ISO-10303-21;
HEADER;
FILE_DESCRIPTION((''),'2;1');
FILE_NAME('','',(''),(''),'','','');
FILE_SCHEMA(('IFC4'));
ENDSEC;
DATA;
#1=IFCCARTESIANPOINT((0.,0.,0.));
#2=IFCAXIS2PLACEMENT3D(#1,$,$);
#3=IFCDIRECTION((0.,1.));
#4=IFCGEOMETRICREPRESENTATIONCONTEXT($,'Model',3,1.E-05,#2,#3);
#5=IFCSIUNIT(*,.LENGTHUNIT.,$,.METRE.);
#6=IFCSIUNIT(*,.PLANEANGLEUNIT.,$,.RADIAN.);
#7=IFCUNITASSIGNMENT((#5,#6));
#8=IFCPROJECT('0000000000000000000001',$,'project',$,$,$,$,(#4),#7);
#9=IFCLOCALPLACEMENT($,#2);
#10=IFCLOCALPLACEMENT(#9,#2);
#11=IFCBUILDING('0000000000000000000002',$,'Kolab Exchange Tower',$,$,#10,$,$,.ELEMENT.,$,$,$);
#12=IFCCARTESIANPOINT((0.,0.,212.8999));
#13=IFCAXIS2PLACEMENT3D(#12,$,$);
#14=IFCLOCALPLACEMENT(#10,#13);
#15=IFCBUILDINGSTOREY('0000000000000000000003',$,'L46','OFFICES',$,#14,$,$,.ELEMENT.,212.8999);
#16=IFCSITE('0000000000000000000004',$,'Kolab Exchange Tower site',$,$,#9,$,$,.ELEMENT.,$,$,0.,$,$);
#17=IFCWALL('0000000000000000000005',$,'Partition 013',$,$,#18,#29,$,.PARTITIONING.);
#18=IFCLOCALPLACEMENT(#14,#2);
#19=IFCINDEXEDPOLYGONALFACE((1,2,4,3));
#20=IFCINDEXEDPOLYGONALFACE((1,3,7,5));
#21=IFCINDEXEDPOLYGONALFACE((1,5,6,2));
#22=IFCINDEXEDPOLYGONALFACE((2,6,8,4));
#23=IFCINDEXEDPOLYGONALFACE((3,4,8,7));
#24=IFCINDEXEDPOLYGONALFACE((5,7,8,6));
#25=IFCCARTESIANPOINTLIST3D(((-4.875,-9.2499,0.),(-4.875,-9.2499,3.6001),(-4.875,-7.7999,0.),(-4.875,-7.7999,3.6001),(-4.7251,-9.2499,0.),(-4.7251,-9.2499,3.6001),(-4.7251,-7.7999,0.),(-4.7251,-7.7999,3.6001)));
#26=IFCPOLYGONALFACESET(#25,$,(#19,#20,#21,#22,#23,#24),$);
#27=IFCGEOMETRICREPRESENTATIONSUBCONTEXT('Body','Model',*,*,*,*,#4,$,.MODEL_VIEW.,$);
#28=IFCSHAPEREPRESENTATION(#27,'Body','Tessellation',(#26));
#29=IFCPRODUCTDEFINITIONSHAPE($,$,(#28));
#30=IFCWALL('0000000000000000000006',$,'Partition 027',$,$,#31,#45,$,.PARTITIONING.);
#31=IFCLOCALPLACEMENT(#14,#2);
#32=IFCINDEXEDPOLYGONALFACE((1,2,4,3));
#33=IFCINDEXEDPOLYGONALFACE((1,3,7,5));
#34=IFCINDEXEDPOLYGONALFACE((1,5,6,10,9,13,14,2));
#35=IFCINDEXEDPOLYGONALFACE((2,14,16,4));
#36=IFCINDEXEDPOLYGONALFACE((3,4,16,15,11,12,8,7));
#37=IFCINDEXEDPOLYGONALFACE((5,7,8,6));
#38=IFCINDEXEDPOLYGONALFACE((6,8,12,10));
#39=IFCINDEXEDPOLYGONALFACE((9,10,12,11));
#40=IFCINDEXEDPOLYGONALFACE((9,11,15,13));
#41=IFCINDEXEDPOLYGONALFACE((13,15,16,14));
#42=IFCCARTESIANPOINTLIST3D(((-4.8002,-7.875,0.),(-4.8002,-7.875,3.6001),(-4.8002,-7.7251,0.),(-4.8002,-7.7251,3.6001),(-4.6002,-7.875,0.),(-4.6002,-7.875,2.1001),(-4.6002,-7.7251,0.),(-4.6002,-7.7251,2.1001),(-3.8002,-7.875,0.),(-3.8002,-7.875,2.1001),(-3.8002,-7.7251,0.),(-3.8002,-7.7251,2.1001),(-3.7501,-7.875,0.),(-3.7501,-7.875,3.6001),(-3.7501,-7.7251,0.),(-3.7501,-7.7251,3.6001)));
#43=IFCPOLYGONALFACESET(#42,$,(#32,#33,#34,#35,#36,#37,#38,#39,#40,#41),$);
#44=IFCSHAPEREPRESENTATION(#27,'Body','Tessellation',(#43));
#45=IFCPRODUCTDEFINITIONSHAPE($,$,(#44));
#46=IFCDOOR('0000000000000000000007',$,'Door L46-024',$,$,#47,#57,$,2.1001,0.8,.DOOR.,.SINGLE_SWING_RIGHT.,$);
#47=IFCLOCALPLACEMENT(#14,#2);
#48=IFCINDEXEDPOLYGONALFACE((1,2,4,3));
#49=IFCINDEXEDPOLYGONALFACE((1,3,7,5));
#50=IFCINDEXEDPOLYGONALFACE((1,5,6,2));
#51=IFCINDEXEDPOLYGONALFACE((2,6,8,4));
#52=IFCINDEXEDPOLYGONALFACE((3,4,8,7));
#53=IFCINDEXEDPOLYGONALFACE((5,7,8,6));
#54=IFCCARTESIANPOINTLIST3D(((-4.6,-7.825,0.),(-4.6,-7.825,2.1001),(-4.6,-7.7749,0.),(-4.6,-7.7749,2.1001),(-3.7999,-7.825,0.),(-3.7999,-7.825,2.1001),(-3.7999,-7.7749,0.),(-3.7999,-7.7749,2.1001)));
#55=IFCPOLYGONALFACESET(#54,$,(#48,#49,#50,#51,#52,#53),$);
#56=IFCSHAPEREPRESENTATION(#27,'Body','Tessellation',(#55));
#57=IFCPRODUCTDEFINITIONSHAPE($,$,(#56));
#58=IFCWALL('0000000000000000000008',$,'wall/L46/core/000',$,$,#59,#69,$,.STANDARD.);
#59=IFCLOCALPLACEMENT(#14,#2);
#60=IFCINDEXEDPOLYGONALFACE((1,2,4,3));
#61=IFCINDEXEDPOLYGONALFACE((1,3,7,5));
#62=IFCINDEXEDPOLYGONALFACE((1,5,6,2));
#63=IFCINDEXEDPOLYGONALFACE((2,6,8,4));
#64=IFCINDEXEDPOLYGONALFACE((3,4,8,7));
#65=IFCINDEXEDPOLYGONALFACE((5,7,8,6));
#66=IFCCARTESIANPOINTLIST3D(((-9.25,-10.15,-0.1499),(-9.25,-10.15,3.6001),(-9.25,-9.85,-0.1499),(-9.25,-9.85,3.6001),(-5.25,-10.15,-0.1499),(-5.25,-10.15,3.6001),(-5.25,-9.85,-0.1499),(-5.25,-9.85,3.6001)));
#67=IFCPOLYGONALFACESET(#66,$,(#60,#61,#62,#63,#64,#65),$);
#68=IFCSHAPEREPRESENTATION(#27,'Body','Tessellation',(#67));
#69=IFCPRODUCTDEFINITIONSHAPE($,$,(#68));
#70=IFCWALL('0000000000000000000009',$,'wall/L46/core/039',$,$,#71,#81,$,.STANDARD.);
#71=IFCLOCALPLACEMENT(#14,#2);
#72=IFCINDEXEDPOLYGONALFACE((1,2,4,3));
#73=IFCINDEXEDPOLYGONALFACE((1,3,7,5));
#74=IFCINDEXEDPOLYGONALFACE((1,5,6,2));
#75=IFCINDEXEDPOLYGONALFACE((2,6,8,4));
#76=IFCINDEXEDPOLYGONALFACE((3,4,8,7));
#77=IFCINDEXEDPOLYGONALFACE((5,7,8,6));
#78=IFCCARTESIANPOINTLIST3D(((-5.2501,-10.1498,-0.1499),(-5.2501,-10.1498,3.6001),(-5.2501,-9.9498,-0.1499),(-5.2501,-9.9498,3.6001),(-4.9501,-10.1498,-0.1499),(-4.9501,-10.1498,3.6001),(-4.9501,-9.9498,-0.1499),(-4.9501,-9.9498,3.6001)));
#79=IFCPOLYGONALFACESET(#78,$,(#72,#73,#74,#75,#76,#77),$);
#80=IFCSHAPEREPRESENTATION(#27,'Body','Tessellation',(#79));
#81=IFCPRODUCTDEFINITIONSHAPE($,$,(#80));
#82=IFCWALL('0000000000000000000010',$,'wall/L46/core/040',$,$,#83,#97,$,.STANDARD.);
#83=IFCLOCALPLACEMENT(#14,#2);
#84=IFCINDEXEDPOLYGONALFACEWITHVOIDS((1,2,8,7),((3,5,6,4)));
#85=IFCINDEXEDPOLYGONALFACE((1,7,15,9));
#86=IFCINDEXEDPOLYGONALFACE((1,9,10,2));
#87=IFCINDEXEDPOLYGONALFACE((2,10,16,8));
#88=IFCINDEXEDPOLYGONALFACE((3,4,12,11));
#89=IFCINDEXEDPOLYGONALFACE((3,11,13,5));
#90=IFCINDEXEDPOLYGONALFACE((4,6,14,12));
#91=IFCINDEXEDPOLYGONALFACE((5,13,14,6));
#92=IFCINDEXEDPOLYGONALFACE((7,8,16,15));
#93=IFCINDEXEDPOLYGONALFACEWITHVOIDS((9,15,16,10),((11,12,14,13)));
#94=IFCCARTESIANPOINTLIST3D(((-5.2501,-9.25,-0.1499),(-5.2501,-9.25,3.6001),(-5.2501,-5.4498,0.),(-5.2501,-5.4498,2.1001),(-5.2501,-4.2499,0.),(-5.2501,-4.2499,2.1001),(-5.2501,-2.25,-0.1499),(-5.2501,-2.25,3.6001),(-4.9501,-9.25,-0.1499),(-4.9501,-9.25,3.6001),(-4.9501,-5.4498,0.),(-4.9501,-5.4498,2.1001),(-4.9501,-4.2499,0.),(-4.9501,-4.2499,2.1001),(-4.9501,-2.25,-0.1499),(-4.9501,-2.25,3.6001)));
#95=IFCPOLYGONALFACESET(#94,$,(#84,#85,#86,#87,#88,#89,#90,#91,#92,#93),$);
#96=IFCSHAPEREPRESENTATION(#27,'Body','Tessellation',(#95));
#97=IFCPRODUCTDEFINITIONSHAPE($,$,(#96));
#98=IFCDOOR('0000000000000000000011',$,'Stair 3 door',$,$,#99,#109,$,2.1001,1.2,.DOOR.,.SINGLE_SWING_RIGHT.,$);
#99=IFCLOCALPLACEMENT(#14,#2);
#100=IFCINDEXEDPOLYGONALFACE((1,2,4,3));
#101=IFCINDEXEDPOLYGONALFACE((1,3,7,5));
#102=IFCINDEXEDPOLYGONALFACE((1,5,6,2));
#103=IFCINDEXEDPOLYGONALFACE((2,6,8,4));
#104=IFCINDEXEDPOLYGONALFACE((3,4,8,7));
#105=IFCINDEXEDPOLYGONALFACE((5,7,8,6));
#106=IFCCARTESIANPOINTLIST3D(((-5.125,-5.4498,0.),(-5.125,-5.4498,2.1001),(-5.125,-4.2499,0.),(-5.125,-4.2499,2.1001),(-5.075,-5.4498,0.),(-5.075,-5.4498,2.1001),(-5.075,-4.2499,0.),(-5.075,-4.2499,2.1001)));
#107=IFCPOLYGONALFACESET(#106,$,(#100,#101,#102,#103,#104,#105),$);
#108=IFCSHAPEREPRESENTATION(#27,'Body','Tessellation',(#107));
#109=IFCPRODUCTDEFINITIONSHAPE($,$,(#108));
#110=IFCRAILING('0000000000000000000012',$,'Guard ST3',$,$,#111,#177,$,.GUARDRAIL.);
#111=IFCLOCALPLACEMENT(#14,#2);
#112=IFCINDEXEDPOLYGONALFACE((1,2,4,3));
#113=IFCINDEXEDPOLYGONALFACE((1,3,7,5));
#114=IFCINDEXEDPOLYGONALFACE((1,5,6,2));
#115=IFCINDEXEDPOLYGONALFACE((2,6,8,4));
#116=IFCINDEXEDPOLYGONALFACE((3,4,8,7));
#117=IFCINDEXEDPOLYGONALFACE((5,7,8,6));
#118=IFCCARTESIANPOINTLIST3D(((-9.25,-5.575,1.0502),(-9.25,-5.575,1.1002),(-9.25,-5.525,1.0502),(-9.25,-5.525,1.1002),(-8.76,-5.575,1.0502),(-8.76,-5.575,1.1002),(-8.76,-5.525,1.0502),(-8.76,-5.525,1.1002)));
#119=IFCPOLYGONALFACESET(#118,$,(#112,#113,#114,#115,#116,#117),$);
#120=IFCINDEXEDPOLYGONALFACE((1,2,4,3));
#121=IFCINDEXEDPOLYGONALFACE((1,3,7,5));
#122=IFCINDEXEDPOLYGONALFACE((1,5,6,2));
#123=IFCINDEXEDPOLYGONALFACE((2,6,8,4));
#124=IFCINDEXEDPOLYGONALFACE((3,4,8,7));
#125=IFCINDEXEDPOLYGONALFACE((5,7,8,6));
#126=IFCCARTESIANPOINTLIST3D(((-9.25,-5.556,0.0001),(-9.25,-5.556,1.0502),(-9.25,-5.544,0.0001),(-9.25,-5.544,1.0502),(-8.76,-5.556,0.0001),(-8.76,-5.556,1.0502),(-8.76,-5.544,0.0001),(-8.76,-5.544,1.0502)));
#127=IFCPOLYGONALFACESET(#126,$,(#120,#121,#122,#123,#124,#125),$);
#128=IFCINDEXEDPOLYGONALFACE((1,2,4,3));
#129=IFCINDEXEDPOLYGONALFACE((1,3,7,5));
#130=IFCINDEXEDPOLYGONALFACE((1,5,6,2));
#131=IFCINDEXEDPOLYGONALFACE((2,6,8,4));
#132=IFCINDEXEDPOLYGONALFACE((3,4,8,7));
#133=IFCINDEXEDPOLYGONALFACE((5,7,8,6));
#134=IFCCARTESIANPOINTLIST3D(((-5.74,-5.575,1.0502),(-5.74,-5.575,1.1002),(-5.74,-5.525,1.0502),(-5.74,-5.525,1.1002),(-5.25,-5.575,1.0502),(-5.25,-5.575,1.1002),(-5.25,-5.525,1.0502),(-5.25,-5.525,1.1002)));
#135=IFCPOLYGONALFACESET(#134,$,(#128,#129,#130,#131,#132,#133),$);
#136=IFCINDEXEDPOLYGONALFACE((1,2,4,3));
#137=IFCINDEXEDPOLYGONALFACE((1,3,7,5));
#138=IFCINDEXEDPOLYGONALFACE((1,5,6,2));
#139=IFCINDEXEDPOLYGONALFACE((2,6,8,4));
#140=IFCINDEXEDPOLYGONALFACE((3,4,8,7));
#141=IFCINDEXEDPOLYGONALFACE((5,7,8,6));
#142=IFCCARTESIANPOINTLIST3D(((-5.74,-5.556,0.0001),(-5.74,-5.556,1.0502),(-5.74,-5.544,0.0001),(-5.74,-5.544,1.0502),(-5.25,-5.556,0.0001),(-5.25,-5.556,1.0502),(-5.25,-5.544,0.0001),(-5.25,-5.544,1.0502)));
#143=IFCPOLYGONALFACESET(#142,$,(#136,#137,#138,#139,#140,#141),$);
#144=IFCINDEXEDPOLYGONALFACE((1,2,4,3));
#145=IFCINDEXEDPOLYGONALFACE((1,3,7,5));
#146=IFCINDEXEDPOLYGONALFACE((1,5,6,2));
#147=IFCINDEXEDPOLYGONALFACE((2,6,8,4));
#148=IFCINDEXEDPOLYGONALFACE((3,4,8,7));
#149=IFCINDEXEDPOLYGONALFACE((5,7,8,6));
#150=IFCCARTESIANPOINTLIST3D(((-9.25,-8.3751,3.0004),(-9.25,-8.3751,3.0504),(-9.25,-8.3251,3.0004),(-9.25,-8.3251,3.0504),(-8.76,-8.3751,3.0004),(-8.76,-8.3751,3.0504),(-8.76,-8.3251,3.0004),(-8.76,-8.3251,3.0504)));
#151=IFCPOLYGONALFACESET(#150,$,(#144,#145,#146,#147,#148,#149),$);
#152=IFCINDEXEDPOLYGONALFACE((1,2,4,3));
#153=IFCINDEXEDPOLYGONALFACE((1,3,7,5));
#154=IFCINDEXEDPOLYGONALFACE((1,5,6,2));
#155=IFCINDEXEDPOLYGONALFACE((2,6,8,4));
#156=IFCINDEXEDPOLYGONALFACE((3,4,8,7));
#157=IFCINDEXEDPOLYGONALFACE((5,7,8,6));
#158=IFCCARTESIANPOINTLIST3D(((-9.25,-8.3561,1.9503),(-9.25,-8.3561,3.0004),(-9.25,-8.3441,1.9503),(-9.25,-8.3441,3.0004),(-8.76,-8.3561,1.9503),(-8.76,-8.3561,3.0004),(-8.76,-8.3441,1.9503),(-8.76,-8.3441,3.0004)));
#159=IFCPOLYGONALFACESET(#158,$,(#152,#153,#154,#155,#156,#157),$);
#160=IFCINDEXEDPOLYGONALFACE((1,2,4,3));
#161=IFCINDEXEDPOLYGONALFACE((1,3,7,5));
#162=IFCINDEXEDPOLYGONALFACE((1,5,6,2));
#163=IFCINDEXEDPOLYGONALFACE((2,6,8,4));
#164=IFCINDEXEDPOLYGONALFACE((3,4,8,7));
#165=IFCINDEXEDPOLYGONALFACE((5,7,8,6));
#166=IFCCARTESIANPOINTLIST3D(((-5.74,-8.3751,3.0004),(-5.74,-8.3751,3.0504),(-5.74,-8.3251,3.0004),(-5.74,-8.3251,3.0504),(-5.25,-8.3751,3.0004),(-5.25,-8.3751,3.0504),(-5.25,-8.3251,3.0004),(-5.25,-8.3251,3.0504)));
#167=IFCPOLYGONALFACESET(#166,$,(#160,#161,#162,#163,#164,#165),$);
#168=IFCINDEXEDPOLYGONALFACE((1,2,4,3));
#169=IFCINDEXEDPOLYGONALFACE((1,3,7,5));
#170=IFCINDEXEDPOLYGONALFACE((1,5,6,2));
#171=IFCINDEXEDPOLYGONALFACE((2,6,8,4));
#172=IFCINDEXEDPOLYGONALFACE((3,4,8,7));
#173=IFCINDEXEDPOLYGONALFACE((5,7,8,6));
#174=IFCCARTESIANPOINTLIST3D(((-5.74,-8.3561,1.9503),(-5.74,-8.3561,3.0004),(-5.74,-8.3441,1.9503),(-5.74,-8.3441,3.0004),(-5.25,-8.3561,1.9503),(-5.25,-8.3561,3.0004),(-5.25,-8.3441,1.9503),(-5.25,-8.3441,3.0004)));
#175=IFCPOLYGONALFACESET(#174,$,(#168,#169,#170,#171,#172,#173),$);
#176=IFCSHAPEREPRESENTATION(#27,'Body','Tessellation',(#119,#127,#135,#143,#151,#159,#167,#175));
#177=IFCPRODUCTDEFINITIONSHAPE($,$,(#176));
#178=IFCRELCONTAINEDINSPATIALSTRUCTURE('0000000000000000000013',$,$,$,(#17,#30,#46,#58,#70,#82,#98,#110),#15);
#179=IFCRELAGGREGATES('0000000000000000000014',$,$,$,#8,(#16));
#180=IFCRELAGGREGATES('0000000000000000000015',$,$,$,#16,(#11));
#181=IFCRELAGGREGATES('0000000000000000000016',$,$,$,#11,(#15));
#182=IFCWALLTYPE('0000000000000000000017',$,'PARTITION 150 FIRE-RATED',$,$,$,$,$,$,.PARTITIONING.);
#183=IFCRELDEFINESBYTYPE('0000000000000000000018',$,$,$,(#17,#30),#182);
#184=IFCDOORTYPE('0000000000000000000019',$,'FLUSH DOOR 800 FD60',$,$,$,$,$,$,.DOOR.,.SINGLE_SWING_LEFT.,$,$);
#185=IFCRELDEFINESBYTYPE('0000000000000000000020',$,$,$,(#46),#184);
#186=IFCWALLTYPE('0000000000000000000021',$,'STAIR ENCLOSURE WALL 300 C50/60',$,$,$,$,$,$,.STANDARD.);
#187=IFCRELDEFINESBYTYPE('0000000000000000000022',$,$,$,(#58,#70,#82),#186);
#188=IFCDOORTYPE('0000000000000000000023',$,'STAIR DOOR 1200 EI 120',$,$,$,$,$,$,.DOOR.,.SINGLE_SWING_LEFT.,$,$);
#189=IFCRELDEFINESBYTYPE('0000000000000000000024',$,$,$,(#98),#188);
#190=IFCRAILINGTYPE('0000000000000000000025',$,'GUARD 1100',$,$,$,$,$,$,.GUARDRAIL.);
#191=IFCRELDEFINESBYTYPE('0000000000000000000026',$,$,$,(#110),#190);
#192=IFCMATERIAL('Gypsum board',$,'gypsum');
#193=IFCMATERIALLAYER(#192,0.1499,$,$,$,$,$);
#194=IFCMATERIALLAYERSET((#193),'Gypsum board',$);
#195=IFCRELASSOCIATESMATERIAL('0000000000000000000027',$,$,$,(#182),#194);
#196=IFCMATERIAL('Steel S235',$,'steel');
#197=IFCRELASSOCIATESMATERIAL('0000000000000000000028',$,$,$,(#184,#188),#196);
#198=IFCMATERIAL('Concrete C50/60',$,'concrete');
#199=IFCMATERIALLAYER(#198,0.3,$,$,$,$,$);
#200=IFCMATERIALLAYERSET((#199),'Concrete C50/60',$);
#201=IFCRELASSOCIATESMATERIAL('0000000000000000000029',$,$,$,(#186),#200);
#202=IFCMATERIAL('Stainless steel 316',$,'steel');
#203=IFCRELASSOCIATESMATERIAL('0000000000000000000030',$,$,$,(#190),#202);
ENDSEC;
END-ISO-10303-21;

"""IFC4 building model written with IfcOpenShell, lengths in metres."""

from ifc_helpers import new_model, si_unit, direction, frame, frame_2d, origin, origin_2d, place, context, subcontext, project, spatial, rectangle, extrude, material, layer, layer_set, type_object, element, fill, save


model = new_model("IFC4")

# Units and contexts
model_context = context("Model", 3, precision=1e-05, world=origin(), true_north=direction((0.0, 1.0)))
body_context = subcontext(model_context, "Body", "Model", "MODEL_VIEW")
ifc_project = project(units=[si_unit("LENGTHUNIT", "METRE"), si_unit("PLANEANGLEUNIT", "RADIAN")], contexts=[model_context])

# Site, building, storey
site_placement = place(None, origin())
site = spatial("IfcSite", under=ifc_project, at=site_placement, Name="Kolab Exchange Tower site", CompositionType="ELEMENT", RefElevation=0.0)
building_placement = place(site_placement, origin())
building = spatial("IfcBuilding", under=site, at=building_placement, Name="Kolab Exchange Tower", CompositionType="ELEMENT")
storey_placement = place(building_placement, frame((0.0, 0.0, 212.8999)))
storey = spatial("IfcBuildingStorey", under=building, at=storey_placement, Name="L46", Description="OFFICES", CompositionType="ELEMENT", Elevation=212.8999)

# Shared definitions
ifc_material_1 = material(Name="Steel S235", Category="steel")

# Shared definitions
ifc_material_2 = material(Name="Concrete C50/60", Category="concrete")
ifc_material_3 = material(Name="Stainless steel 316", Category="steel")

# Wall
ifc_material_4 = material(Name="Gypsum board", Category="gypsum")
ifc_layer_1 = layer(ifc_material_4, 0.1499)
ifc_layer_set_1 = layer_set([ifc_layer_1], Name="Gypsum board")
wall_type_1 = type_object("IfcWallType", Name="PARTITION 150 FIRE-RATED", PredefinedType="PARTITIONING", material=ifc_layer_set_1)
wall_1_placement = place(storey_placement, frame((-4.8, -9.25, 0.0), z_axis=(0.0, 0.0, 1.0), x_axis=(0.0, 1.0, 0.0)))
element("IfcWall", 1, at=wall_1_placement, inside=storey, type_object=wall_type_1, Name="Partition 013", PredefinedType="PARTITIONING", context=body_context, shape_type="SweptSolid", body=[
    extrude(rectangle(XDim=1.45, YDim=0.1499, at=frame_2d((0.7251, 0.0))), origin(), (0.0, 0.0, 1.0), 3.6001),
])

# Wall, opening, door
wall_2_placement = place(storey_placement, frame((-4.8, -7.8, 0.0), z_axis=(0.0, 0.0, 1.0), x_axis=(1.0, 0.0, 0.0)))
wall_2 = element("IfcWall", 2, at=wall_2_placement, inside=storey, type_object=wall_type_1, Name="Partition 027", PredefinedType="PARTITIONING", context=body_context, shape_type="SweptSolid", body=[
    extrude(rectangle(XDim=1.05, YDim=0.1499, at=frame_2d((0.5249, 0.0))), origin(), (0.0, 0.0, 1.0), 3.6001),
])
opening_1_placement = place(wall_2_placement, frame((0.2, 0.0, 0.0)))
opening_1 = element("IfcOpeningElement", 3, at=opening_1_placement, cuts=wall_2, PredefinedType="OPENING", context=body_context, shape_type="SweptSolid", body=[
    extrude(rectangle(XDim=0.8, YDim=2.1001, at=frame_2d((0.3999, 1.05))), frame((0.0, 0.085, 0.0), z_axis=(0.0, -1.0, 0.0), x_axis=(1.0, 0.0, 0.0)), (0.0, 0.0, 1.0), 0.1699),
])
door_type_1 = type_object("IfcDoorType", Name="FLUSH DOOR 800 FD60", OperationType="SINGLE_SWING_LEFT", PredefinedType="DOOR", material=ifc_material_1)
door_1_placement = place(opening_1_placement, frame((0.8, 0.0, 0.0), z_axis=(0.0, 0.0, 1.0), x_axis=(-1.0, 0.0, 0.0)))
door_1 = element("IfcDoor", 4, at=door_1_placement, inside=storey, type_object=door_type_1, Name="Door L46-024", OperationType="SINGLE_SWING_RIGHT", OverallHeight=2.1001, OverallWidth=0.8, PredefinedType="DOOR", context=body_context, shape_type="SweptSolid", body=[
    extrude(rectangle(XDim=0.8, YDim=2.1001, at=frame_2d((0.3999, 1.05))), frame((0.0, 0.0249, 0.0), z_axis=(0.0, -1.0, 0.0), x_axis=(1.0, 0.0, 0.0)), (0.0, 0.0, 1.0), 0.05),
])
fill(opening_1, door_1)

# Walls
ifc_layer_2 = layer(ifc_material_2, 0.3)
ifc_layer_set_2 = layer_set([ifc_layer_2], Name="Concrete C50/60")
wall_type_2 = type_object("IfcWallType", Name="STAIR ENCLOSURE WALL 300 C50/60", PredefinedType="STANDARD", material=ifc_layer_set_2)
wall_3_placement = place(storey_placement, frame((-9.25, -10.0, -0.1499), z_axis=(0.0, 0.0, 1.0), x_axis=(1.0, 0.0, 0.0)))
element("IfcWall", 5, at=wall_3_placement, inside=storey, type_object=wall_type_2, Name="wall/L46/core/000", PredefinedType="STANDARD", context=body_context, shape_type="SweptSolid", body=[
    extrude(rectangle(XDim=4.0, YDim=0.3, at=frame_2d((2.0, 0.0))), origin(), (0.0, 0.0, 1.0), 3.75),
])
wall_4_placement = place(storey_placement, frame((-5.1001, -10.1499, -0.1499), z_axis=(0.0, 0.0, 1.0), x_axis=(0.0, 1.0, 0.0)))
element("IfcWall", 6, at=wall_4_placement, inside=storey, type_object=wall_type_2, Name="wall/L46/core/039", PredefinedType="STANDARD", context=body_context, shape_type="SweptSolid", body=[
    extrude(rectangle(XDim=0.2, YDim=0.3, at=frame_2d((0.1001, 0.0))), origin(), (0.0, 0.0, 1.0), 3.75),
])

# Wall, opening, door
wall_5_placement = place(storey_placement, frame((-5.1001, -9.25, -0.1499), z_axis=(0.0, 0.0, 1.0), x_axis=(0.0, 1.0, 0.0)))
wall_5 = element("IfcWall", 7, at=wall_5_placement, inside=storey, type_object=wall_type_2, Name="wall/L46/core/040", PredefinedType="STANDARD", context=body_context, shape_type="SweptSolid", body=[
    extrude(rectangle(XDim=7.0, YDim=0.3, at=frame_2d((3.5, 0.0))), origin(), (0.0, 0.0, 1.0), 3.75),
])
opening_2_placement = place(wall_5_placement, frame((3.8, 0.0, 0.1499)))
opening_2 = element("IfcOpeningElement", 8, at=opening_2_placement, cuts=wall_5, PredefinedType="OPENING", context=body_context, shape_type="SweptSolid", body=[
    extrude(rectangle(XDim=1.2, YDim=2.1001, at=frame_2d((0.6001, 1.05))), frame((0.0, 0.1602, 0.0), z_axis=(0.0, -1.0, 0.0), x_axis=(1.0, 0.0, 0.0)), (0.0, 0.0, 1.0), 0.3201),
])
door_type_2 = type_object("IfcDoorType", Name="STAIR DOOR 1200 EI 120", OperationType="SINGLE_SWING_LEFT", PredefinedType="DOOR", material=ifc_material_1)
door_2_placement = place(opening_2_placement, origin())
door_2 = element("IfcDoor", 9, at=door_2_placement, inside=storey, type_object=door_type_2, Name="Stair 3 door", OperationType="SINGLE_SWING_RIGHT", OverallHeight=2.1001, OverallWidth=1.2, PredefinedType="DOOR", context=body_context, shape_type="SweptSolid", body=[
    extrude(rectangle(XDim=1.2, YDim=2.1001, at=frame_2d((0.6001, 1.05))), frame((0.0, 0.0249, 0.0), z_axis=(0.0, -1.0, 0.0), x_axis=(1.0, 0.0, 0.0)), (0.0, 0.0, 1.0), 0.05),
])
fill(opening_2, door_2)

# Railing
railing_type = type_object("IfcRailingType", Name="GUARD 1100", PredefinedType="GUARDRAIL", material=ifc_material_3)
railing_1_placement = place(storey_placement, frame((-9.25, -5.55, 0.0)))
element("IfcRailing", 10, at=railing_1_placement, inside=storey, type_object=railing_type, Name="Guard ST3", PredefinedType="GUARDRAIL", context=body_context, shape_type="SweptSolid", body=[
    extrude(rectangle(XDim=0.05, YDim=0.05, at=origin_2d()), frame((0.0, 0.0, 1.0752), z_axis=(1.0, 0.0, 0.0), x_axis=(0.0, 1.0, 0.0)), (0.0, 0.0, 1.0), 0.49),
    extrude(rectangle(XDim=0.012, YDim=1.0501, at=frame_2d((0.0, 0.5251))), frame((0.0, 0.0, 0.0), z_axis=(1.0, 0.0, 0.0), x_axis=(0.0, 1.0, 0.0)), (0.0, 0.0, 1.0), 0.49),
    extrude(rectangle(XDim=0.05, YDim=0.05, at=origin_2d()), frame((3.51, 0.0, 1.0752), z_axis=(1.0, 0.0, 0.0), x_axis=(0.0, 1.0, 0.0)), (0.0, 0.0, 1.0), 0.49),
    extrude(rectangle(XDim=0.012, YDim=1.0501, at=frame_2d((0.0, 0.5251))), frame((3.51, 0.0, 0.0), z_axis=(1.0, 0.0, 0.0), x_axis=(0.0, 1.0, 0.0)), (0.0, 0.0, 1.0), 0.49),
    extrude(rectangle(XDim=0.05, YDim=0.05, at=origin_2d()), frame((0.0, -2.8, 3.0254), z_axis=(1.0, 0.0, 0.0), x_axis=(0.0, 1.0, 0.0)), (0.0, 0.0, 1.0), 0.49),
    extrude(rectangle(XDim=0.012, YDim=1.0501, at=frame_2d((0.0, 0.5251))), frame((0.0, -2.8, 1.9502), z_axis=(1.0, 0.0, 0.0), x_axis=(0.0, 1.0, 0.0)), (0.0, 0.0, 1.0), 0.49),
    extrude(rectangle(XDim=0.05, YDim=0.05, at=origin_2d()), frame((3.51, -2.8, 3.0254), z_axis=(1.0, 0.0, 0.0), x_axis=(0.0, 1.0, 0.0)), (0.0, 0.0, 1.0), 0.49),
    extrude(rectangle(XDim=0.012, YDim=1.0501, at=frame_2d((0.0, 0.5251))), frame((3.51, -2.8, 1.9502), z_axis=(1.0, 0.0, 0.0), x_axis=(0.0, 1.0, 0.0)), (0.0, 0.0, 1.0), 0.49),
])

save(model, "model.ifc")
